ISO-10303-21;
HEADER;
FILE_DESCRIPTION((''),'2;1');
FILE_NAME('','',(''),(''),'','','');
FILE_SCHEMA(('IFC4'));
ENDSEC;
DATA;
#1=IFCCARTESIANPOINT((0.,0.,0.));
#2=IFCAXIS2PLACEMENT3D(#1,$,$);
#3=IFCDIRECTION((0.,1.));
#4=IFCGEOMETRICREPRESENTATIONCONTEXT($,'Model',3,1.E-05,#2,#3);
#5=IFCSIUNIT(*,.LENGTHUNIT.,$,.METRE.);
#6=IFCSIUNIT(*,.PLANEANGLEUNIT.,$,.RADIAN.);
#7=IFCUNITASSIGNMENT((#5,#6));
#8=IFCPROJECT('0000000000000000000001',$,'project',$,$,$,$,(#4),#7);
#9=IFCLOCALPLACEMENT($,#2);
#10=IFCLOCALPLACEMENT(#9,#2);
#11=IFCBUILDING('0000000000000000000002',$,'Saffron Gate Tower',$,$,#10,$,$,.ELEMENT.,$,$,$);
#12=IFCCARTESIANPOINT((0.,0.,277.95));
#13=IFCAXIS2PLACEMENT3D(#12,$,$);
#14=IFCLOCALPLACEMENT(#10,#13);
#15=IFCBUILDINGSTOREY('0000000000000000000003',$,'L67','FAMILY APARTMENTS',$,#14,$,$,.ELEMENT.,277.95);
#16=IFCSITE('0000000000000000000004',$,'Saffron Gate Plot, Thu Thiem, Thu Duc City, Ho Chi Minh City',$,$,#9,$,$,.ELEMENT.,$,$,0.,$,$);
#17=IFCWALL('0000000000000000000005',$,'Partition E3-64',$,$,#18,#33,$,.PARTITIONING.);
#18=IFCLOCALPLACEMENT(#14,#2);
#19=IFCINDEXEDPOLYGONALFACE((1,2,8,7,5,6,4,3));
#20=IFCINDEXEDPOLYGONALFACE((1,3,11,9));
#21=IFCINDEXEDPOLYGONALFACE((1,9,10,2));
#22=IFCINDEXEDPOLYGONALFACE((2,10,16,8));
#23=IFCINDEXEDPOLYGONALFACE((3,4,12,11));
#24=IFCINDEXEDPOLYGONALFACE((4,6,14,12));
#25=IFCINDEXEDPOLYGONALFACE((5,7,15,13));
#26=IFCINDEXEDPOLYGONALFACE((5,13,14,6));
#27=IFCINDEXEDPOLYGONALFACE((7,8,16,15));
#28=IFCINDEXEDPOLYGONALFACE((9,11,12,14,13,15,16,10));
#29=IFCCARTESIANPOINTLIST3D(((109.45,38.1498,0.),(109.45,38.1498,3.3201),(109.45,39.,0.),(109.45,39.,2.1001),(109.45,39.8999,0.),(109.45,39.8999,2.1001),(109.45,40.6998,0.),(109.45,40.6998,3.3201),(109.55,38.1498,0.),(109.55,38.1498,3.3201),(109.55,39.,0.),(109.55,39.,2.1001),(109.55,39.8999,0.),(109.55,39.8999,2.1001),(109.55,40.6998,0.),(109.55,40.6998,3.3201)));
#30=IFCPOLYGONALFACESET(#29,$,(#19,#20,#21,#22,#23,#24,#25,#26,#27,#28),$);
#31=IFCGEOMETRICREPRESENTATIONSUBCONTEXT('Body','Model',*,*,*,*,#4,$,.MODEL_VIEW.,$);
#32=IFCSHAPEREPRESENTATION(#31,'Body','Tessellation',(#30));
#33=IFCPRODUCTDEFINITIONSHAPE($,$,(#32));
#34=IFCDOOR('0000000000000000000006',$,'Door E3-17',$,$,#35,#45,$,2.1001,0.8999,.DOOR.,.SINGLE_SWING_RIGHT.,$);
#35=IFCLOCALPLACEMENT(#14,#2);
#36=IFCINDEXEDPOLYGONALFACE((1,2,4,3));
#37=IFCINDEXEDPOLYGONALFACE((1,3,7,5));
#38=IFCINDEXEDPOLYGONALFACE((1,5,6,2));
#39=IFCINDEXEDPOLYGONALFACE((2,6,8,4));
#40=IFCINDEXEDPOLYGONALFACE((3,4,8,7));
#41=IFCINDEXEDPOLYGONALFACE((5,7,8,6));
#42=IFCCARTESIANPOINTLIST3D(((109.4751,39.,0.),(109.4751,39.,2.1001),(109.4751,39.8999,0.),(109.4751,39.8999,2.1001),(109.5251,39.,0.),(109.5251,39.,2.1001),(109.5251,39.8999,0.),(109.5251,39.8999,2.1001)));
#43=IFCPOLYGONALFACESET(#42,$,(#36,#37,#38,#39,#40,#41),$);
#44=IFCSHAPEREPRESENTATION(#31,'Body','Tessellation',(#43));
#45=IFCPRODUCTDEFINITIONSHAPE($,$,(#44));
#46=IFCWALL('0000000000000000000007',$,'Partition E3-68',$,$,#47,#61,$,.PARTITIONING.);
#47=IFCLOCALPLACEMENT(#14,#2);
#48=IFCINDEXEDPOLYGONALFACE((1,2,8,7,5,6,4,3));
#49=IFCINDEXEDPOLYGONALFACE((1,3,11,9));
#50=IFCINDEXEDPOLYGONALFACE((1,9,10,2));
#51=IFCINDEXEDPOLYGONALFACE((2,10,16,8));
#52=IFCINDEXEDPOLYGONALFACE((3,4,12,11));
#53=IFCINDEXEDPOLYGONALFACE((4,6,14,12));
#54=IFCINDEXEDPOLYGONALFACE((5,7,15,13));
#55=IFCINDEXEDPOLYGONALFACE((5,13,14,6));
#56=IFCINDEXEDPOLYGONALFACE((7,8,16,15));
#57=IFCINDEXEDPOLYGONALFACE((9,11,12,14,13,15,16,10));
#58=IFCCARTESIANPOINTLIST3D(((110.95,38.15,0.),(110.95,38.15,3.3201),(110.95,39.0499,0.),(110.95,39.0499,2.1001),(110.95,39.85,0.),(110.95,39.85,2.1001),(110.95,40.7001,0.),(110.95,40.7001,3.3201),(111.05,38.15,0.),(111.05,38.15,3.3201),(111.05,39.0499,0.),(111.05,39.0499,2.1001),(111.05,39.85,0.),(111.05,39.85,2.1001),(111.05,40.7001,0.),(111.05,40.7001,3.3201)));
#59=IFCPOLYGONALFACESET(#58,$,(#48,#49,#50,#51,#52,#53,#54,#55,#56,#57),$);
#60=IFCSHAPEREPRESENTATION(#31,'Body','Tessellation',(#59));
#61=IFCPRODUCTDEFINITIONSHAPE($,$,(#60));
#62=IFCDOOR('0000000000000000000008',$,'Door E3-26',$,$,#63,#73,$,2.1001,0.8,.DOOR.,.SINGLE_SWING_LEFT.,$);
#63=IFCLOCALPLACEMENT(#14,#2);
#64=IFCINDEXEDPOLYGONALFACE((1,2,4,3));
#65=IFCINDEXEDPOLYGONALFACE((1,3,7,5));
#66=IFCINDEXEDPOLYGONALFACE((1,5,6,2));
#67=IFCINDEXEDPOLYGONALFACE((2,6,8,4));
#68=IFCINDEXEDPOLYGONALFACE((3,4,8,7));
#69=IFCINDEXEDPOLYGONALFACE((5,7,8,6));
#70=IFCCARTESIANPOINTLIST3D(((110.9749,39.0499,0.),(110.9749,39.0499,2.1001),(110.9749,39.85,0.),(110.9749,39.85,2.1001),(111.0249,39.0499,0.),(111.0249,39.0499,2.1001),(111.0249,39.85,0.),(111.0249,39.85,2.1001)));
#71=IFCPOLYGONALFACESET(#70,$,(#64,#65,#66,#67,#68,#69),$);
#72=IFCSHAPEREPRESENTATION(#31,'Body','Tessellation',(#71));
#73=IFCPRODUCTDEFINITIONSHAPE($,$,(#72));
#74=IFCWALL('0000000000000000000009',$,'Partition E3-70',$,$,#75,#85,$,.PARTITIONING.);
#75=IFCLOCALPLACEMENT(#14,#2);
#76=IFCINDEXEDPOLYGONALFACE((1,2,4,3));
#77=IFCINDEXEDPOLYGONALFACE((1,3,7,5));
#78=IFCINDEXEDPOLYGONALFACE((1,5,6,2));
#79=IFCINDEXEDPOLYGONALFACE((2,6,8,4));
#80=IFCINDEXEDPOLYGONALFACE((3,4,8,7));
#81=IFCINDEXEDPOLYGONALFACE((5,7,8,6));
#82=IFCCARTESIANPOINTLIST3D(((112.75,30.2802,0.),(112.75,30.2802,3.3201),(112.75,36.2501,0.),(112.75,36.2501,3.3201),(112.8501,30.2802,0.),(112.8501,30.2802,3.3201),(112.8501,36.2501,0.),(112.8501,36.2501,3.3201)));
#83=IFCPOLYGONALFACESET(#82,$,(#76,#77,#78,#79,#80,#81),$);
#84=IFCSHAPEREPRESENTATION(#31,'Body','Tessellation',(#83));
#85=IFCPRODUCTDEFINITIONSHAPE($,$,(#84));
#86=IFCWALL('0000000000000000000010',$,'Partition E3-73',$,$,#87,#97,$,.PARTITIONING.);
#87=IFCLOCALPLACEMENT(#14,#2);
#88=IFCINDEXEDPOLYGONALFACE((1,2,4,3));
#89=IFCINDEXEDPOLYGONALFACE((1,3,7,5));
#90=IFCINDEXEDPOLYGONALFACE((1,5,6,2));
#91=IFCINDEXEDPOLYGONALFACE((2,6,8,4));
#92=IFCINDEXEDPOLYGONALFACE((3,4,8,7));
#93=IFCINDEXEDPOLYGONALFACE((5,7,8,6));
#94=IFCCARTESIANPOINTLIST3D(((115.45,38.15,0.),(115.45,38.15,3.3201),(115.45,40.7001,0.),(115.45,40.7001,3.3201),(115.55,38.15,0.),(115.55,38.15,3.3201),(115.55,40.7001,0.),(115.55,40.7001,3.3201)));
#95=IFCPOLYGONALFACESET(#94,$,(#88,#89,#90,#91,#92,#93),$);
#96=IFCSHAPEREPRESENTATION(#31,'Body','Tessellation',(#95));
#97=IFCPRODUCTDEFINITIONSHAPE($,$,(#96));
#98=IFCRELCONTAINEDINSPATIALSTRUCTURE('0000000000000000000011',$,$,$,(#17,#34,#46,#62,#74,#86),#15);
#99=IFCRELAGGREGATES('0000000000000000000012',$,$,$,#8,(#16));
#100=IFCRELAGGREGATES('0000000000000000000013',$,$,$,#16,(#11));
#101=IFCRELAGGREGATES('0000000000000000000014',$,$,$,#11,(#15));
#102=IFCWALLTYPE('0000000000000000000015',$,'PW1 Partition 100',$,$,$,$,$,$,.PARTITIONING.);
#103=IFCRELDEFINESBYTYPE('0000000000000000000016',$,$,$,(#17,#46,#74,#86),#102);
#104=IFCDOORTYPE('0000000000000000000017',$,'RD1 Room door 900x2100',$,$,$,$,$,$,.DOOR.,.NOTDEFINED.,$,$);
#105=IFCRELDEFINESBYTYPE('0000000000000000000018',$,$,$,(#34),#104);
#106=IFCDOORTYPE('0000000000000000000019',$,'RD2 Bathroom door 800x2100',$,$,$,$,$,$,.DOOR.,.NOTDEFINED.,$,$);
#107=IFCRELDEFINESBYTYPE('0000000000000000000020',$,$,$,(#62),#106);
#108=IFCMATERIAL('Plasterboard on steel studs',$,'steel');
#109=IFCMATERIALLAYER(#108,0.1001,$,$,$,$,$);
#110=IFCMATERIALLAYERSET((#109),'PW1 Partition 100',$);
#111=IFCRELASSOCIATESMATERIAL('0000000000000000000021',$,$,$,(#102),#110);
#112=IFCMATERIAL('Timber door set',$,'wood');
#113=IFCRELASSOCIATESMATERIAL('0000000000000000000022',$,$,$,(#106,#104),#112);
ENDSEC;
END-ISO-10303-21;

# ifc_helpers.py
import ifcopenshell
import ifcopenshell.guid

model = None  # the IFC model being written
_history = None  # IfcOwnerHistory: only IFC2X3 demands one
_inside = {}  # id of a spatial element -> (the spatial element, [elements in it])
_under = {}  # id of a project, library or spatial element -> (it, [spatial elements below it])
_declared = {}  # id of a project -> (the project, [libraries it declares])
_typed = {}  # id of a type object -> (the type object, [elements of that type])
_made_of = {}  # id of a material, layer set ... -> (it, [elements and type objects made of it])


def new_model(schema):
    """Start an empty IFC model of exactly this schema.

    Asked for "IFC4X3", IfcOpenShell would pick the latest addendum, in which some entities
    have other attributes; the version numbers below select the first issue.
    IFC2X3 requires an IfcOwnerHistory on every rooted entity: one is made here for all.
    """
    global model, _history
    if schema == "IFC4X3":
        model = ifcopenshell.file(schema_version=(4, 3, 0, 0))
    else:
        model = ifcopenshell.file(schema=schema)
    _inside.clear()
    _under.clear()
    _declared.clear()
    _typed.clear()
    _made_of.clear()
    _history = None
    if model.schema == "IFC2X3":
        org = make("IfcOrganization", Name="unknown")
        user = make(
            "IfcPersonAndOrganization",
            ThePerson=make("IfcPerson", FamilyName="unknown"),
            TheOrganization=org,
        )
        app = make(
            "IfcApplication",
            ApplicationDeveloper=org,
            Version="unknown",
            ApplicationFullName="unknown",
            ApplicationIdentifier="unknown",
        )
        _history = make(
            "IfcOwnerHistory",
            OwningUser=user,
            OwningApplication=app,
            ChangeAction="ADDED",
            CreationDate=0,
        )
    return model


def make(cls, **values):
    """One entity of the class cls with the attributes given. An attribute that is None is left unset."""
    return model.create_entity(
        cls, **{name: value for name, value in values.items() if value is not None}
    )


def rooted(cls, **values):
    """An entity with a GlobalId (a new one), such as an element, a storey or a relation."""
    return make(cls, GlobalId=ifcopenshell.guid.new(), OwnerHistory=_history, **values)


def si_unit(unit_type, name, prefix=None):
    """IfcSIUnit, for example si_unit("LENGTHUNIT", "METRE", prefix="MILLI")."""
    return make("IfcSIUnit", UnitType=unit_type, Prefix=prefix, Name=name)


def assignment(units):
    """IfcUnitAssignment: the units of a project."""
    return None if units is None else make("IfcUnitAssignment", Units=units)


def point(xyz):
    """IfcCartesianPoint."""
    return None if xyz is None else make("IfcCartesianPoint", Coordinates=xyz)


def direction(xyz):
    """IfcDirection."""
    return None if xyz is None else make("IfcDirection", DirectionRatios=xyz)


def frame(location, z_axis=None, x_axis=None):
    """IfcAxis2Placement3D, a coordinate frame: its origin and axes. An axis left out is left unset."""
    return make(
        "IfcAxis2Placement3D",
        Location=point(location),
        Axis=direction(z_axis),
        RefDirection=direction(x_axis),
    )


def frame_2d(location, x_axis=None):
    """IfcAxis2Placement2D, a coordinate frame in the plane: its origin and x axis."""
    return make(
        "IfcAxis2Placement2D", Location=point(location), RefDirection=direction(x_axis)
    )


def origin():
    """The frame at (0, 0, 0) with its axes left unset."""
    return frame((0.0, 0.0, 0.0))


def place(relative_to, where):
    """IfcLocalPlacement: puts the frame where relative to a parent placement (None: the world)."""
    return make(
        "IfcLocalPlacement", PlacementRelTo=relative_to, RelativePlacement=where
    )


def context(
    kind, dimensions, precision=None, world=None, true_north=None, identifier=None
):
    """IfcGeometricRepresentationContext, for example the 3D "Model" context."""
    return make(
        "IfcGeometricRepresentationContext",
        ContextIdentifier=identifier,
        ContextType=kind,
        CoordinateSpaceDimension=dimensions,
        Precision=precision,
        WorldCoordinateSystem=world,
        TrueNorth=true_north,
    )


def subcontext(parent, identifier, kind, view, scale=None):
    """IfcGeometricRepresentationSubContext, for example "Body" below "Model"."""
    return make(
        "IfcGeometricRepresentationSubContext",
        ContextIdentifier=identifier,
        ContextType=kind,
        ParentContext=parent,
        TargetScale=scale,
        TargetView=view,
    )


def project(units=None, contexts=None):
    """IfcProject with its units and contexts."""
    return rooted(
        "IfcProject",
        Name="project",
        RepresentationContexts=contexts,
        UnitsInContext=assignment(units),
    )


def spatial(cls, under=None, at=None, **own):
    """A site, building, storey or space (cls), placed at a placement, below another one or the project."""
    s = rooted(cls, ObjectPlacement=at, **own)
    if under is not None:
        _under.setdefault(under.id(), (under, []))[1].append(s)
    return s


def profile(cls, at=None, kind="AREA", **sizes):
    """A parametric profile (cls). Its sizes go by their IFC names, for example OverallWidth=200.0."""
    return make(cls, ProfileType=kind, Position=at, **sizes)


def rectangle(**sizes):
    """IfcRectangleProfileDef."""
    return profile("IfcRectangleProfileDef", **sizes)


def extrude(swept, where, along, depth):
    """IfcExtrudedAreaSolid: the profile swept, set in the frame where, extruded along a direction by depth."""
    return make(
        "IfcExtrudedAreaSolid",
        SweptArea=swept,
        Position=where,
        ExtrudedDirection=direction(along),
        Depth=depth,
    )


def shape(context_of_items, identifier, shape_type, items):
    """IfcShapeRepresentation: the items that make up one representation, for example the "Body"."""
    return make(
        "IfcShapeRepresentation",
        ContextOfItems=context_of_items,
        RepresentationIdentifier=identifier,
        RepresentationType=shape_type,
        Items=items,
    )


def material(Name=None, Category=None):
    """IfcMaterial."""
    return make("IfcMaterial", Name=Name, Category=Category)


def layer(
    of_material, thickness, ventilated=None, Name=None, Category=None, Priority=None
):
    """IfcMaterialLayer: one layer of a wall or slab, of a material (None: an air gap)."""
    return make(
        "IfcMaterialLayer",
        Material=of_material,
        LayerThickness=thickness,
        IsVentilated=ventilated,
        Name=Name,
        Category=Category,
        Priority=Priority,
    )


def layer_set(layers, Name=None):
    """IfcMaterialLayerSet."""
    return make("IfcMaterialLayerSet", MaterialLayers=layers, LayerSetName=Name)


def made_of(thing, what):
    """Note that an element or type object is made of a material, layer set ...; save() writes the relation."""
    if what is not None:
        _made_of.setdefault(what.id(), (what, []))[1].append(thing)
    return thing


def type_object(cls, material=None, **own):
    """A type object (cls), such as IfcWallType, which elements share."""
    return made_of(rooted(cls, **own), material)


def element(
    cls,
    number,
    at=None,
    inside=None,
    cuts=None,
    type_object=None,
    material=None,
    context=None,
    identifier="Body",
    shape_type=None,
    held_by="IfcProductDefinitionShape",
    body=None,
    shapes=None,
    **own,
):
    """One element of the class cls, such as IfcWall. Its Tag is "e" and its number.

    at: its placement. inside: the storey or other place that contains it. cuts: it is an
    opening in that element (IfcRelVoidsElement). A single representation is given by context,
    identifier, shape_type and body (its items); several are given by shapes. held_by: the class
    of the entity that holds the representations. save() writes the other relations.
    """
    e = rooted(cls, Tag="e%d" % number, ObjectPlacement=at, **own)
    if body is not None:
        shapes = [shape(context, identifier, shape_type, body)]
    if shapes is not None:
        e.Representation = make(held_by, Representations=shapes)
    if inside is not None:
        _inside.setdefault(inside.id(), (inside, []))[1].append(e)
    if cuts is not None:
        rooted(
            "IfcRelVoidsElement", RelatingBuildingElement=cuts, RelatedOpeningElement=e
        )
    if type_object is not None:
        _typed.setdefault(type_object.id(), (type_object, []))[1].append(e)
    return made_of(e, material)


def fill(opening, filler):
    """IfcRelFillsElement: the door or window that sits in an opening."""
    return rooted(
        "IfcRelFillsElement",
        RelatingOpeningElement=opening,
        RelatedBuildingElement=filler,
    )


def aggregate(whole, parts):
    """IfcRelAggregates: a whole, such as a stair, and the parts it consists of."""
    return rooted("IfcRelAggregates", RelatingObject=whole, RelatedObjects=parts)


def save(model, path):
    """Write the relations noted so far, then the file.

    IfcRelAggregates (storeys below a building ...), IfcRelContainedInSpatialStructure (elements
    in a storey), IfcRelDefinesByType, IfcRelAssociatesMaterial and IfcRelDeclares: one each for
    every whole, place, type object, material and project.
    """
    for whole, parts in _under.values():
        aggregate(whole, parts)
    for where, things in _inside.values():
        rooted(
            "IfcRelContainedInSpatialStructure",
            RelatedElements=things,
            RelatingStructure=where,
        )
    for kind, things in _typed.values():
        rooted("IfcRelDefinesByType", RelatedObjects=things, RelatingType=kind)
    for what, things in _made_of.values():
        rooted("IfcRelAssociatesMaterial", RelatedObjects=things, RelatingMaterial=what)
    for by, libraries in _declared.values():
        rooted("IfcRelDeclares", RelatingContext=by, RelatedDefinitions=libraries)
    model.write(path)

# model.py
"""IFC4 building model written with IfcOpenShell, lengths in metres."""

from ifc_helpers import new_model, si_unit, direction, frame, frame_2d, origin, place, context, subcontext, project, spatial, rectangle, extrude, material, layer, layer_set, type_object, element, fill, save


model = new_model("IFC4")

# Units and contexts
model_context = context("Model", 3, precision=1e-05, world=origin(), true_north=direction((0.0, 1.0)))
body_context = subcontext(model_context, "Body", "Model", "MODEL_VIEW")
ifc_project = project(units=[si_unit("LENGTHUNIT", "METRE"), si_unit("PLANEANGLEUNIT", "RADIAN")], contexts=[model_context])

# Site, building, storey
site_placement = place(None, origin())
site = spatial("IfcSite", under=ifc_project, at=site_placement, Name="Saffron Gate Plot, Thu Thiem, Thu Duc City, Ho Chi Minh City", CompositionType="ELEMENT", RefElevation=0.0)
building_placement = place(site_placement, origin())
building = spatial("IfcBuilding", under=site, at=building_placement, Name="Saffron Gate Tower", CompositionType="ELEMENT")
storey_placement = place(building_placement, frame((0.0, 0.0, 277.95)))
storey = spatial("IfcBuildingStorey", under=building, at=storey_placement, Name="L67", Description="FAMILY APARTMENTS", CompositionType="ELEMENT", Elevation=277.95)

# Shared definitions
ifc_material_1 = material(Name="Plasterboard on steel studs", Category="steel")
ifc_layer_1 = layer(ifc_material_1, 0.1001)
ifc_layer_set_1 = layer_set([ifc_layer_1], Name="PW1 Partition 100")
wall_type = type_object("IfcWallType", Name="PW1 Partition 100", PredefinedType="PARTITIONING", material=ifc_layer_set_1)
ifc_material_2 = material(Name="Timber door set", Category="wood")
door_type_1 = type_object("IfcDoorType", Name="RD2 Bathroom door 800x2100", OperationType="NOTDEFINED", PredefinedType="DOOR", material=ifc_material_2)

# Walls, openings, doors
wall_1_placement = place(storey_placement, frame((109.5, 38.1499, 0.0), z_axis=(0.0, 0.0, 1.0), x_axis=(0.0, 1.0, 0.0)))
wall_1 = element("IfcWall", 1, at=wall_1_placement, inside=storey, type_object=wall_type, Name="Partition E3-64", PredefinedType="PARTITIONING", context=body_context, shape_type="SweptSolid", body=[
    extrude(rectangle(XDim=2.55, YDim=0.1001, at=frame_2d((1.2749, 0.0))), origin(), (0.0, 0.0, 1.0), 3.3201),
])
opening_1_placement = place(wall_1_placement, frame((0.8501, 0.0, 0.0)))
opening_1 = element("IfcOpeningElement", 2, at=opening_1_placement, cuts=wall_1, PredefinedType="OPENING", context=body_context, shape_type="SweptSolid", body=[
    extrude(rectangle(XDim=0.8999, YDim=2.1001, at=frame_2d((0.45, 1.05))), frame((0.0, 0.0601, 0.0), z_axis=(0.0, -1.0, 0.0), x_axis=(1.0, 0.0, 0.0)), (0.0, 0.0, 1.0), 0.1201),
])
door_type_2 = type_object("IfcDoorType", Name="RD1 Room door 900x2100", OperationType="NOTDEFINED", PredefinedType="DOOR", material=ifc_material_2)
door_1_placement = place(opening_1_placement, origin())
door_1 = element("IfcDoor", 3, at=door_1_placement, inside=storey, type_object=door_type_2, Name="Door E3-17", OperationType="SINGLE_SWING_RIGHT", OverallHeight=2.1001, OverallWidth=0.8999, PredefinedType="DOOR", context=body_context, shape_type="SweptSolid", body=[
    extrude(rectangle(XDim=0.8999, YDim=2.1001, at=frame_2d((0.45, 1.05))), frame((0.0, 0.0249, 0.0), z_axis=(0.0, -1.0, 0.0), x_axis=(1.0, 0.0, 0.0)), (0.0, 0.0, 1.0), 0.05),
])
fill(opening_1, door_1)
wall_2_placement = place(storey_placement, frame((111.0, 40.7, 0.0), z_axis=(0.0, 0.0, 1.0), x_axis=(0.0, -1.0, 0.0)))
wall_2 = element("IfcWall", 4, at=wall_2_placement, inside=storey, type_object=wall_type, Name="Partition E3-68", PredefinedType="PARTITIONING", context=body_context, shape_type="SweptSolid", body=[
    extrude(rectangle(XDim=2.55, YDim=0.1001, at=frame_2d((1.2749, 0.0))), origin(), (0.0, 0.0, 1.0), 3.3201),
])
opening_2_placement = place(wall_2_placement, frame((0.8501, 0.0, 0.0)))
opening_2 = element("IfcOpeningElement", 5, at=opening_2_placement, cuts=wall_2, PredefinedType="OPENING", context=body_context, shape_type="SweptSolid", body=[
    extrude(rectangle(XDim=0.8, YDim=2.1001, at=frame_2d((0.3999, 1.05))), frame((0.0, 0.0601, 0.0), z_axis=(0.0, -1.0, 0.0), x_axis=(1.0, 0.0, 0.0)), (0.0, 0.0, 1.0), 0.1201),
])
door_2_placement = place(opening_2_placement, origin())
door_2 = element("IfcDoor", 6, at=door_2_placement, inside=storey, type_object=door_type_1, Name="Door E3-26", OperationType="SINGLE_SWING_LEFT", OverallHeight=2.1001, OverallWidth=0.8, PredefinedType="DOOR", context=body_context, shape_type="SweptSolid", body=[
    extrude(rectangle(XDim=0.8, YDim=2.1001, at=frame_2d((0.3999, 1.05))), frame((0.0, 0.0249, 0.0), z_axis=(0.0, -1.0, 0.0), x_axis=(1.0, 0.0, 0.0)), (0.0, 0.0, 1.0), 0.05),
])
fill(opening_2, door_2)

# Walls
wall_3_placement = place(storey_placement, frame((112.8, 36.25, 0.0), z_axis=(0.0, 0.0, 1.0), x_axis=(0.0, -1.0, 0.0)))
element("IfcWall", 7, at=wall_3_placement, inside=storey, type_object=wall_type, Name="Partition E3-70", PredefinedType="PARTITIONING", context=body_context, shape_type="SweptSolid", body=[
    extrude(rectangle(XDim=5.97, YDim=0.1001, at=frame_2d((2.9849, 0.0))), origin(), (0.0, 0.0, 1.0), 3.3201),
])
wall_4_placement = place(storey_placement, frame((115.5, 40.7, 0.0), z_axis=(0.0, 0.0, 1.0), x_axis=(0.0, -1.0, 0.0)))
element("IfcWall", 8, at=wall_4_placement, inside=storey, type_object=wall_type, Name="Partition E3-73", PredefinedType="PARTITIONING", context=body_context, shape_type="SweptSolid", body=[
    extrude(rectangle(XDim=2.55, YDim=0.1001, at=frame_2d((1.2749, 0.0))), origin(), (0.0, 0.0, 1.0), 3.3201),
])

save(model, "model.ifc")
